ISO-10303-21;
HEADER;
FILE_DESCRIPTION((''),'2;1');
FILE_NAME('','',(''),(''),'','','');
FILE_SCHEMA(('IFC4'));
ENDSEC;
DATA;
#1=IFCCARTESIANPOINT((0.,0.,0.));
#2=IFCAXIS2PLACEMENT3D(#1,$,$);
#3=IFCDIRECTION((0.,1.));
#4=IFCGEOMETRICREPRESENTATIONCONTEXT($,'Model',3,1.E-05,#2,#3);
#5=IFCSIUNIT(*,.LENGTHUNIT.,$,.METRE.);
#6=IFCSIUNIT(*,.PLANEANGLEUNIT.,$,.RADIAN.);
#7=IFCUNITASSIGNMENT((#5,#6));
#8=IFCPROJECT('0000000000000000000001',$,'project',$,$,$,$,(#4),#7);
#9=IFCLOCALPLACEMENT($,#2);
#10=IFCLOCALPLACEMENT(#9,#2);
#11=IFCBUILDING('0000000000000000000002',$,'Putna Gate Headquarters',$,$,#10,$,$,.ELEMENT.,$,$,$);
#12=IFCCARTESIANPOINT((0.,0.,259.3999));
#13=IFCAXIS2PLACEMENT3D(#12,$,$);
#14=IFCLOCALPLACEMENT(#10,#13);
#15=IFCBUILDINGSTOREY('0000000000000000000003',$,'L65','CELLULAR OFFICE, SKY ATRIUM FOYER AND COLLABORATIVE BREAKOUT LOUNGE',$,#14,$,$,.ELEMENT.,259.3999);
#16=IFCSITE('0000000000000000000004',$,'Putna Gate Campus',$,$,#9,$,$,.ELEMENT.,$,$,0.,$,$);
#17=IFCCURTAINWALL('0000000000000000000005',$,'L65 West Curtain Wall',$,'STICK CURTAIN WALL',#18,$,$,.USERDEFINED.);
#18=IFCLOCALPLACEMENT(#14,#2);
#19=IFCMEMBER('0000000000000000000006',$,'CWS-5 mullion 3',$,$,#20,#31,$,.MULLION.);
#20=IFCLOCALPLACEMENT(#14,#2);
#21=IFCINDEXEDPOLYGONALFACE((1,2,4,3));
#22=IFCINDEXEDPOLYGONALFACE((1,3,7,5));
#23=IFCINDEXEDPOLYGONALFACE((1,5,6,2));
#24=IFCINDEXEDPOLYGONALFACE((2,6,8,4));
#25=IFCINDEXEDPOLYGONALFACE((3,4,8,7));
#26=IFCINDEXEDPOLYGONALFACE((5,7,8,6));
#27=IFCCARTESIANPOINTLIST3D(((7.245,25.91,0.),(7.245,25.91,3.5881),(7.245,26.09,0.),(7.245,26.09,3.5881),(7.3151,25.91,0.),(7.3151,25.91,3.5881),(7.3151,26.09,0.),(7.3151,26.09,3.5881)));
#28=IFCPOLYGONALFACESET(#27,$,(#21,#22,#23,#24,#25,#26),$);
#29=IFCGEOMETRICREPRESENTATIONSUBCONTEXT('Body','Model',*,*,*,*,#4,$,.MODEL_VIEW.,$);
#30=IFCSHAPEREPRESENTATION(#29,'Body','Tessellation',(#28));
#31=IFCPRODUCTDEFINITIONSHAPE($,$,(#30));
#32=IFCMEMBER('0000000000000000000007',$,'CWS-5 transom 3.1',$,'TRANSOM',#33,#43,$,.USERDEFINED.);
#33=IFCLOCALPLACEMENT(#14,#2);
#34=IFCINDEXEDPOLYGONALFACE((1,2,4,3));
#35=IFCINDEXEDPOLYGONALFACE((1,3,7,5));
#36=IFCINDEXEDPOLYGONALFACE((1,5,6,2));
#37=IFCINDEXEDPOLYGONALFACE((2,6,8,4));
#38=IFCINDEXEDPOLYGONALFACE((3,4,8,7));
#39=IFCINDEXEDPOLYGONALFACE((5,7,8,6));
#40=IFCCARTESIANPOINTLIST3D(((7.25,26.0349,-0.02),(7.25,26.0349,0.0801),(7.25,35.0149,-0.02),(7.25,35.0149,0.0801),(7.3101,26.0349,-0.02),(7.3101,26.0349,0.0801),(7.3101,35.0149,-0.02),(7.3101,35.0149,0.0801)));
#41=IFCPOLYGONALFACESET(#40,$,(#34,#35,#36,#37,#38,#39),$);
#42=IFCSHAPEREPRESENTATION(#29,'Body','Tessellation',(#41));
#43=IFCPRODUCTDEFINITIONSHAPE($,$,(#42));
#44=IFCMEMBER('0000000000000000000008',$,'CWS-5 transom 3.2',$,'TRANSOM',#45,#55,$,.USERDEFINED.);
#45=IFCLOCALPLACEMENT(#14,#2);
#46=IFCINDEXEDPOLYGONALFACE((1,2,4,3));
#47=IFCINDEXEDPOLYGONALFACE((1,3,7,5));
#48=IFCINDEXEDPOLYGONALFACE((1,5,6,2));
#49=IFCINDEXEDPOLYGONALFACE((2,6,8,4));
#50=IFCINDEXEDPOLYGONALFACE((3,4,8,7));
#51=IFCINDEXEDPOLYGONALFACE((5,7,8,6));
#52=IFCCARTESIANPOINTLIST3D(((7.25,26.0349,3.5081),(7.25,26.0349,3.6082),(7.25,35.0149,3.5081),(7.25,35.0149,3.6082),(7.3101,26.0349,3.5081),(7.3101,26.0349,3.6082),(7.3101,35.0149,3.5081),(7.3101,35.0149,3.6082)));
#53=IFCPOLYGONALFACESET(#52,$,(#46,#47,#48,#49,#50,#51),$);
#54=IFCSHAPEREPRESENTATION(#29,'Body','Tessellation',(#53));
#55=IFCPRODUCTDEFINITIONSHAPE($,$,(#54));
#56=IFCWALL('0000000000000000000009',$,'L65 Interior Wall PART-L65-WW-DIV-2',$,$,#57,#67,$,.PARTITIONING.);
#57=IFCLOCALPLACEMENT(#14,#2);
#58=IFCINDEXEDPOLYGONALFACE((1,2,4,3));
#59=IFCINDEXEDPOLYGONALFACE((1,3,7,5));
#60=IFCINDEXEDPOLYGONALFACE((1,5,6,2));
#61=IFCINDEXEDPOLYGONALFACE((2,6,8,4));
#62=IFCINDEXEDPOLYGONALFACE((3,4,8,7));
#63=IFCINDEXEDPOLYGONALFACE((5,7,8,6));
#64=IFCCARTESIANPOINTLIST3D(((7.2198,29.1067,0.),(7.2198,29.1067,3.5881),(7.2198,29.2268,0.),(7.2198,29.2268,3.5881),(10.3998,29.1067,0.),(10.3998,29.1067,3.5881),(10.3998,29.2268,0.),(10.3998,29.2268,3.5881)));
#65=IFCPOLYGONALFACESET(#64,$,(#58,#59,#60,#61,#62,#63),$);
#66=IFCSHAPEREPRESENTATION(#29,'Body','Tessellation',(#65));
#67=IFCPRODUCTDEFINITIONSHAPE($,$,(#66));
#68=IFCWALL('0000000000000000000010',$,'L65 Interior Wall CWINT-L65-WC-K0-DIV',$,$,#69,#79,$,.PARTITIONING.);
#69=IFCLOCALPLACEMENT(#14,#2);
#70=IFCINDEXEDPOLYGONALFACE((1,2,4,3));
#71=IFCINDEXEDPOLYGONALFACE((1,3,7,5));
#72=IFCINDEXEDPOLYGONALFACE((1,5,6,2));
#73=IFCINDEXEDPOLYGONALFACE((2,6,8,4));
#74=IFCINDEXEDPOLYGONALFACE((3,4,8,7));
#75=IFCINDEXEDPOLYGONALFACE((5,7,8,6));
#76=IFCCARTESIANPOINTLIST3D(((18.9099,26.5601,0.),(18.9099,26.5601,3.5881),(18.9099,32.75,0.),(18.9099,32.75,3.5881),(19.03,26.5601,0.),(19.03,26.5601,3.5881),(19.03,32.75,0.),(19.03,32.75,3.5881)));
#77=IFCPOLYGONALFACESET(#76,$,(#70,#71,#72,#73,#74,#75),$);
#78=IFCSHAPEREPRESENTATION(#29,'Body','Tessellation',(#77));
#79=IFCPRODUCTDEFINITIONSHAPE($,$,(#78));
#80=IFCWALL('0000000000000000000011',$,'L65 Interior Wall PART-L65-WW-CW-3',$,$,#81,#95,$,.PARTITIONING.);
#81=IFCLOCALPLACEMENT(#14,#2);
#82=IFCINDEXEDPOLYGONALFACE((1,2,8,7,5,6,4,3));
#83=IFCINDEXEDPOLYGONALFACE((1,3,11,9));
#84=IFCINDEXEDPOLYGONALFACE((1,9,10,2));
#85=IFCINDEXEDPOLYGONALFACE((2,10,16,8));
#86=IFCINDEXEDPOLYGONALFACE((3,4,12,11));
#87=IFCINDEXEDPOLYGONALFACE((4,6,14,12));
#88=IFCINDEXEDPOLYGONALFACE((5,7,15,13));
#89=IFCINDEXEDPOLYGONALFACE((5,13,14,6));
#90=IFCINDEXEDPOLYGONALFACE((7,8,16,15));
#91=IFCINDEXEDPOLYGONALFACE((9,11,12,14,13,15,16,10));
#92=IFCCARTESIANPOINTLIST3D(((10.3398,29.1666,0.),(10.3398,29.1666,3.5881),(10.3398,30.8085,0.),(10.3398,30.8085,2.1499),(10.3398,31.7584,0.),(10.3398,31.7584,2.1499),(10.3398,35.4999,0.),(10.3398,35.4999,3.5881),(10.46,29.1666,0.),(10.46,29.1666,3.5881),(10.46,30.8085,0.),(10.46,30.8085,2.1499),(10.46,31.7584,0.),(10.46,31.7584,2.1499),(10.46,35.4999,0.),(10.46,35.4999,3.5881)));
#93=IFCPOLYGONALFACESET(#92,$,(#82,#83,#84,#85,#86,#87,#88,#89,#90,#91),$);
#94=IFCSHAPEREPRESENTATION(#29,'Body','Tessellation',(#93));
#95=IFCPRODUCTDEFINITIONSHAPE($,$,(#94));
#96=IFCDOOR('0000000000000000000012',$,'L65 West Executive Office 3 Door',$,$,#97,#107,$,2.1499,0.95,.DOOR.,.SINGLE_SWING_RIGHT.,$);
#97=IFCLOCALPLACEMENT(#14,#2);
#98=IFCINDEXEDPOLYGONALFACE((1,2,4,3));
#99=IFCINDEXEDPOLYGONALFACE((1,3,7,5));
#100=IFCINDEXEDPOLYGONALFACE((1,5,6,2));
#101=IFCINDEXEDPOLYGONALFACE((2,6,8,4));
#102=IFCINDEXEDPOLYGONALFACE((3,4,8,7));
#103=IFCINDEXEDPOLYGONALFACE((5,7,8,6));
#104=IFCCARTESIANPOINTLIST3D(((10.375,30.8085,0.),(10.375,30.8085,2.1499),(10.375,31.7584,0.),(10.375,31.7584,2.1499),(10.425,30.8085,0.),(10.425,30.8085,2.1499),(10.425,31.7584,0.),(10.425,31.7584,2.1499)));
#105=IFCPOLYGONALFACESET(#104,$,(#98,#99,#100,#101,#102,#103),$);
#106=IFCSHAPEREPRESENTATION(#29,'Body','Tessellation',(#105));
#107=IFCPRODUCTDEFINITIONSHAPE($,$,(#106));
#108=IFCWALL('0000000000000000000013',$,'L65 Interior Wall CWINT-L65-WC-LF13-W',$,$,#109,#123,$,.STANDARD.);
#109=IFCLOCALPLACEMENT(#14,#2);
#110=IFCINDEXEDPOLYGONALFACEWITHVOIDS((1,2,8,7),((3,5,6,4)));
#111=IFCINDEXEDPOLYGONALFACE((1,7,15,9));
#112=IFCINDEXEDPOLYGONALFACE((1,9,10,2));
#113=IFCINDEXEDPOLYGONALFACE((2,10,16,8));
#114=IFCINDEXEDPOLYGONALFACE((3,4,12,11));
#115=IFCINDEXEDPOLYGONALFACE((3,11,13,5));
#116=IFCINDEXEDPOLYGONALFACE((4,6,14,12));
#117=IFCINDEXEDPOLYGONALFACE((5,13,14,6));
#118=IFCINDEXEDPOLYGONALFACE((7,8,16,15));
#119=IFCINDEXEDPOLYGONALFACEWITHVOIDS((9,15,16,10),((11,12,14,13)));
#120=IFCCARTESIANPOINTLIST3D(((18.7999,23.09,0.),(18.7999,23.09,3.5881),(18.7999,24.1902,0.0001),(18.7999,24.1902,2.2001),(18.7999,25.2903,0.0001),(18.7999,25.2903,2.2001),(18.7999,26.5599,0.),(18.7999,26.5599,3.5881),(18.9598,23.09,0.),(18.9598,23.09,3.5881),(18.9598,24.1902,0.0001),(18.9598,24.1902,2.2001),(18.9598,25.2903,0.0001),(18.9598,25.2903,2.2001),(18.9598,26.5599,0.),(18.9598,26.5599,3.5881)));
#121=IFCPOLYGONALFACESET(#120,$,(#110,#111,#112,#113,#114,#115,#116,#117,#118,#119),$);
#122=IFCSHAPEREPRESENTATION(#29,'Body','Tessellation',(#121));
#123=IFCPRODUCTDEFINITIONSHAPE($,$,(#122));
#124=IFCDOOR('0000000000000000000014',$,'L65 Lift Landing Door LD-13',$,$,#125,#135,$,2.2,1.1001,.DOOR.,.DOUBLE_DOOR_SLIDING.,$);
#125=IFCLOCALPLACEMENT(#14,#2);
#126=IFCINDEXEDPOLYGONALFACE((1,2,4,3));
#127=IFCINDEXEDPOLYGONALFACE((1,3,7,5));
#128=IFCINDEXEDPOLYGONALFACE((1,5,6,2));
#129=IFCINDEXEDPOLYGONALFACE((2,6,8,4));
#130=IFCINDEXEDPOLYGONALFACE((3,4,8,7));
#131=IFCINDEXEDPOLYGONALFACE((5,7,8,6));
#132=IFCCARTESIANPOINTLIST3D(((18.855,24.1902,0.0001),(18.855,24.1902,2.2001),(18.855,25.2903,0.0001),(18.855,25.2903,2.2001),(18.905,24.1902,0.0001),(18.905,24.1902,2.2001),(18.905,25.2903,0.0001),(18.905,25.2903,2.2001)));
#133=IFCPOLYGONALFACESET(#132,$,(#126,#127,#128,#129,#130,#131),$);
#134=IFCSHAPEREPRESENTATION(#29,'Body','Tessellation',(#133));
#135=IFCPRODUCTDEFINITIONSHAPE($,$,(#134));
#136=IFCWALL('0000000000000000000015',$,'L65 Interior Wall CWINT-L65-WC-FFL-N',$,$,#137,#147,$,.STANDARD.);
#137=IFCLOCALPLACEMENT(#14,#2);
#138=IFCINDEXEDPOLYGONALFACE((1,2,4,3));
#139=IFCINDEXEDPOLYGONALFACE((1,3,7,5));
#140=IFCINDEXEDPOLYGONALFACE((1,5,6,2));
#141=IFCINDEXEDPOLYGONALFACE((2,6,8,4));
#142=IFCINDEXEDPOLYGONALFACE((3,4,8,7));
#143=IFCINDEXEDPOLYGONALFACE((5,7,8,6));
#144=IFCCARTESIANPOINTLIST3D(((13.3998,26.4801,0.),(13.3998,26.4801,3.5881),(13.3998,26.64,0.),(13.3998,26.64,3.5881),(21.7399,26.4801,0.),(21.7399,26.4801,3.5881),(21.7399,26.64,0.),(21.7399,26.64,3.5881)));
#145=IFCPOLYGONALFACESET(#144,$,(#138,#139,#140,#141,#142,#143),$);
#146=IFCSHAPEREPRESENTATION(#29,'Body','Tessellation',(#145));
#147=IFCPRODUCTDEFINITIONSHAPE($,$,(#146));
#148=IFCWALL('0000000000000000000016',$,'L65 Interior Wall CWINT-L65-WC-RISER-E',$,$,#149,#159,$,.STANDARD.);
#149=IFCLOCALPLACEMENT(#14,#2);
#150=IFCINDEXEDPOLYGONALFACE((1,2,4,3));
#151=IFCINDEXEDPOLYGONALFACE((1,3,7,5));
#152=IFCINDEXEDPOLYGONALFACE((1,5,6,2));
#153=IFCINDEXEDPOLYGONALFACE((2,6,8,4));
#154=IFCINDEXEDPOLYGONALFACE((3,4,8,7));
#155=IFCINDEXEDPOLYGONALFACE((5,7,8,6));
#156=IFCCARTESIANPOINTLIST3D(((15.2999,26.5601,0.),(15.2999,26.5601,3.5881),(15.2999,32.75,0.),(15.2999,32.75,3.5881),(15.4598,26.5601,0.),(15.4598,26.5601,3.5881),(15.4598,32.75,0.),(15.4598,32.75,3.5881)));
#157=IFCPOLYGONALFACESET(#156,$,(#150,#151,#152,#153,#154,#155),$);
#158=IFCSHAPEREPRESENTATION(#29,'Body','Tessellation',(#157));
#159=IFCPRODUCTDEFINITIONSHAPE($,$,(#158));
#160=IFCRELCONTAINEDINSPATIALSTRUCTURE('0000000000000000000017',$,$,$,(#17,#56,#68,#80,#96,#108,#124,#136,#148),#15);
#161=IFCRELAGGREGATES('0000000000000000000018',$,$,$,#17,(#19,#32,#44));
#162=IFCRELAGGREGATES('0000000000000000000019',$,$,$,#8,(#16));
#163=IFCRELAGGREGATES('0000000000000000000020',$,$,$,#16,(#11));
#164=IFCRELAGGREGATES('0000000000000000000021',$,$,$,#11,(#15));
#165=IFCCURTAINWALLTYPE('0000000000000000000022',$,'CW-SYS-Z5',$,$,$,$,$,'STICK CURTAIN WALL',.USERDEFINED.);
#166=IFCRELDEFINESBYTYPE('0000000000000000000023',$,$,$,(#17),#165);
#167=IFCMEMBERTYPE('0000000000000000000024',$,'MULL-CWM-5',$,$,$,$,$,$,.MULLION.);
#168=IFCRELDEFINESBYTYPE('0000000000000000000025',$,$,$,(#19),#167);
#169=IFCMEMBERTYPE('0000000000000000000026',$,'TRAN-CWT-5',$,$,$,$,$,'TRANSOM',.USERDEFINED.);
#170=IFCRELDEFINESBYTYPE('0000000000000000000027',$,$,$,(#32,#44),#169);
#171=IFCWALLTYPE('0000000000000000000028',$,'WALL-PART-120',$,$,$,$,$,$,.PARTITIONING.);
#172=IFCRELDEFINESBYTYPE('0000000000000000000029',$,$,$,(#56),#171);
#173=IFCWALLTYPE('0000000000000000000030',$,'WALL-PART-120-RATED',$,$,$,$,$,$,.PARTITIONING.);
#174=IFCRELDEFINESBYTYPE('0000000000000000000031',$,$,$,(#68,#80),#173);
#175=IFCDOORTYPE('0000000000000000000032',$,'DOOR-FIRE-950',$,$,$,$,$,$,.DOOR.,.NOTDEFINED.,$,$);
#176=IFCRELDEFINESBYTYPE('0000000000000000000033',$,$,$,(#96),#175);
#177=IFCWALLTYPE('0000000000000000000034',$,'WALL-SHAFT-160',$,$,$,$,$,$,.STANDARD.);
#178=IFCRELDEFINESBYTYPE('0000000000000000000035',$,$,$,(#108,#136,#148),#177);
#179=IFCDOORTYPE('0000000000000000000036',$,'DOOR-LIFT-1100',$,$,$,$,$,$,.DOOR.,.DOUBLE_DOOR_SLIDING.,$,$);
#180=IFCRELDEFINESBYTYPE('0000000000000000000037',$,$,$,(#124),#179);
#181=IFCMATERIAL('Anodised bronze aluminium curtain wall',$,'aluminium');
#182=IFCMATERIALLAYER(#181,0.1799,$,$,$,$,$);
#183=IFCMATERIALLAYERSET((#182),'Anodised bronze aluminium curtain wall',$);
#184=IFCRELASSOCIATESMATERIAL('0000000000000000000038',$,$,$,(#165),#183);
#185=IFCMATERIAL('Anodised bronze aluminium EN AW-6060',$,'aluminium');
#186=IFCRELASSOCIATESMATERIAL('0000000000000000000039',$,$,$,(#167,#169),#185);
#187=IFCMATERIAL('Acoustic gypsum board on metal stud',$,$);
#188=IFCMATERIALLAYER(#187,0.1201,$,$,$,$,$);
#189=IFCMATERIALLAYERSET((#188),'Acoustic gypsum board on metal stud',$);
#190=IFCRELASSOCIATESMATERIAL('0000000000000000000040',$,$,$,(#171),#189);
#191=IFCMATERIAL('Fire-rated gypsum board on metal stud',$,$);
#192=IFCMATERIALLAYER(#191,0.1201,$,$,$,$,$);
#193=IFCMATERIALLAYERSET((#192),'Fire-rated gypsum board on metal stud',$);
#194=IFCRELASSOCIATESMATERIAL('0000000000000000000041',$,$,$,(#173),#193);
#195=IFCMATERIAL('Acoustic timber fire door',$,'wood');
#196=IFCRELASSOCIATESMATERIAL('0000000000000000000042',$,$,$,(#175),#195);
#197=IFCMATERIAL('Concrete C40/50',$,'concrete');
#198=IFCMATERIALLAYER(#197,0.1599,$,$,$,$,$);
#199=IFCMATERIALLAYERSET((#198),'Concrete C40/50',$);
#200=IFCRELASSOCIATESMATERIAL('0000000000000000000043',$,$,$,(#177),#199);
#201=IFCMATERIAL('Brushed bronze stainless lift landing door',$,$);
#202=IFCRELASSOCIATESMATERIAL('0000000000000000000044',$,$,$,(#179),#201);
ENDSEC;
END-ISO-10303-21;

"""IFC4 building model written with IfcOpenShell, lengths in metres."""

from ifc_helpers import new_model, si_unit, direction, frame, frame_2d, origin, origin_2d, place, context, subcontext, project, spatial, rectangle, extrude, material, layer, layer_set, material_profile, profile_set, type_object, element, fill, aggregate, save


model = new_model("IFC4")

# Units and contexts
model_context = context("Model", 3, precision=1e-05, world=origin(), true_north=direction((0.0, 1.0)))
body_context = subcontext(model_context, "Body", "Model", "MODEL_VIEW")
ifc_project = project(units=[si_unit("LENGTHUNIT", "METRE"), si_unit("PLANEANGLEUNIT", "RADIAN")], contexts=[model_context])

# Site, building, storey
site_placement = place(None, origin())
site = spatial("IfcSite", under=ifc_project, at=site_placement, Name="Putna Gate Campus", CompositionType="ELEMENT", RefElevation=0.0)
building_placement = place(site_placement, origin())
building = spatial("IfcBuilding", under=site, at=building_placement, Name="Putna Gate Headquarters", CompositionType="ELEMENT")
storey_placement = place(building_placement, frame((0.0, 0.0, 259.3999)))
storey = spatial("IfcBuildingStorey", under=building, at=storey_placement, Name="L65", Description="CELLULAR OFFICE, SKY ATRIUM FOYER AND COLLABORATIVE BREAKOUT LOUNGE", CompositionType="ELEMENT", Elevation=259.3999)

# Curtain wall, members
ifc_material_1 = material(Name="Anodised bronze aluminium curtain wall", Category="aluminium")
ifc_layer_1 = layer(ifc_material_1, 0.1799)
ifc_layer_set_1 = layer_set([ifc_layer_1], Name="Anodised bronze aluminium curtain wall")
curtain_wall_type = type_object("IfcCurtainWallType", Name="CW-SYS-Z5", ElementType="STICK CURTAIN WALL", PredefinedType="USERDEFINED", material=ifc_layer_set_1)
curtain_wall_placement = place(storey_placement, origin())
curtain_wall = element("IfcCurtainWall", 1, at=curtain_wall_placement, inside=storey, type_object=curtain_wall_type, Name="L65 West Curtain Wall", ObjectType="STICK CURTAIN WALL", PredefinedType="USERDEFINED")
ifc_material_2 = material(Name="Anodised bronze aluminium EN AW-6060", Category="aluminium")
ifc_material_profile_1 = material_profile(ifc_material_2, rectangle(XDim=0.0701, YDim=0.1799, at=origin_2d()), Name="Anodised bronze aluminium EN AW-6060")
ifc_profile_set_1 = profile_set([ifc_material_profile_1], Name="Anodised bronze aluminium EN AW-6060")
member_type_1 = type_object("IfcMemberType", Name="MULL-CWM-5", PredefinedType="MULLION", material=ifc_profile_set_1)
member_1_placement = place(storey_placement, frame((7.28, 26.0, 0.0), z_axis=(0.0, 0.0, 1.0), x_axis=(-1.0, 0.0, 0.0)))
member_1 = element("IfcMember", 2, at=member_1_placement, type_object=member_type_1, Name="CWS-5 mullion 3", PredefinedType="MULLION", context=body_context, shape_type="SweptSolid", body=[
    extrude(rectangle(XDim=0.0701, YDim=0.1799, at=origin_2d()), origin(), (0.0, 0.0, 1.0), 3.5881),
])
ifc_material_profile_2 = material_profile(ifc_material_2, rectangle(XDim=0.0601, YDim=0.1001, at=origin_2d()), Name="Anodised bronze aluminium EN AW-6060")
ifc_profile_set_2 = profile_set([ifc_material_profile_2], Name="Anodised bronze aluminium EN AW-6060")
member_type_2 = type_object("IfcMemberType", Name="TRAN-CWT-5", ElementType="TRANSOM", PredefinedType="USERDEFINED", material=ifc_profile_set_2)
member_2_placement = place(storey_placement, frame((7.28, 26.0349, 0.03), z_axis=(0.0, 1.0, 0.0), x_axis=(-1.0, 0.0, 0.0)))
member_2 = element("IfcMember", 3, at=member_2_placement, type_object=member_type_2, Name="CWS-5 transom 3.1", ObjectType="TRANSOM", PredefinedType="USERDEFINED", context=body_context, shape_type="SweptSolid", body=[
    extrude(rectangle(XDim=0.0601, YDim=0.1001, at=origin_2d()), origin(), (0.0, 0.0, 1.0), 8.98),
])
member_3_placement = place(storey_placement, frame((7.28, 26.0349, 3.5581), z_axis=(0.0, 1.0, 0.0), x_axis=(-1.0, 0.0, 0.0)))
member_3 = element("IfcMember", 4, at=member_3_placement, type_object=member_type_2, Name="CWS-5 transom 3.2", ObjectType="TRANSOM", PredefinedType="USERDEFINED", context=body_context, shape_type="SweptSolid", body=[
    extrude(rectangle(XDim=0.0601, YDim=0.1001, at=origin_2d()), origin(), (0.0, 0.0, 1.0), 8.98),
])
aggregate(curtain_wall, [member_1, member_2, member_3])

# Walls
ifc_material_3 = material(Name="Acoustic gypsum board on metal stud")
ifc_layer_2 = layer(ifc_material_3, 0.1201)
ifc_layer_set_2 = layer_set([ifc_layer_2], Name="Acoustic gypsum board on metal stud")
wall_type_1 = type_object("IfcWallType", Name="WALL-PART-120", PredefinedType="PARTITIONING", material=ifc_layer_set_2)
wall_1_placement = place(storey_placement, frame((7.22, 29.1667, 0.0), z_axis=(0.0, 0.0, 1.0), x_axis=(1.0, 0.0, 0.0)))
element("IfcWall", 5, at=wall_1_placement, inside=storey, type_object=wall_type_1, Name="L65 Interior Wall PART-L65-WW-DIV-2", PredefinedType="PARTITIONING", context=body_context, shape_type="SweptSolid", body=[
    extrude(rectangle(XDim=3.1799, YDim=0.1201, at=frame_2d((1.5898, 0.0))), origin(), (0.0, 0.0, 1.0), 3.5881),
])
ifc_material_4 = material(Name="Fire-rated gypsum board on metal stud")
ifc_layer_3 = layer(ifc_material_4, 0.1201)
ifc_layer_set_3 = layer_set([ifc_layer_3], Name="Fire-rated gypsum board on metal stud")
wall_type_2 = type_object("IfcWallType", Name="WALL-PART-120-RATED", PredefinedType="PARTITIONING", material=ifc_layer_set_3)
wall_2_placement = place(storey_placement, frame((18.97, 26.5601, 0.0), z_axis=(0.0, 0.0, 1.0), x_axis=(0.0, 1.0, 0.0)))
element("IfcWall", 6, at=wall_2_placement, inside=storey, type_object=wall_type_2, Name="L65 Interior Wall CWINT-L65-WC-K0-DIV", PredefinedType="PARTITIONING", context=body_context, shape_type="SweptSolid", body=[
    extrude(rectangle(XDim=6.1899, YDim=0.1201, at=frame_2d((3.095, 0.0))), origin(), (0.0, 0.0, 1.0), 3.5881),
])

# Walls, openings, doors
wall_3_placement = place(storey_placement, frame((10.3999, 29.1667, 0.0), z_axis=(0.0, 0.0, 1.0), x_axis=(0.0, 1.0, 0.0)))
wall_3 = element("IfcWall", 7, at=wall_3_placement, inside=storey, type_object=wall_type_2, Name="L65 Interior Wall PART-L65-WW-CW-3", PredefinedType="PARTITIONING", context=body_context, shape_type="SweptSolid", body=[
    extrude(rectangle(XDim=6.3333, YDim=0.1201, at=frame_2d((3.1665, 0.0))), origin(), (0.0, 0.0, 1.0), 3.5881),
])
opening_1_placement = place(wall_3_placement, frame((1.6416, 0.0, 0.0)))
opening_1 = element("IfcOpeningElement", 8, at=opening_1_placement, cuts=wall_3, PredefinedType="OPENING", context=body_context, shape_type="SweptSolid", body=[
    extrude(rectangle(XDim=0.95, YDim=2.1499, at=frame_2d((0.4751, 1.075))), frame((0.0, 0.0701, 0.0), z_axis=(0.0, -1.0, 0.0), x_axis=(1.0, 0.0, 0.0)), (0.0, 0.0, 1.0), 0.1401),
])
ifc_material_5 = material(Name="Acoustic timber fire door", Category="wood")
door_type_1 = type_object("IfcDoorType", Name="DOOR-FIRE-950", OperationType="NOTDEFINED", PredefinedType="DOOR", material=ifc_material_5)
door_1_placement = place(opening_1_placement, origin())
door_1 = element("IfcDoor", 9, at=door_1_placement, inside=storey, type_object=door_type_1, Name="L65 West Executive Office 3 Door", OperationType="SINGLE_SWING_RIGHT", OverallHeight=2.1499, OverallWidth=0.95, PredefinedType="DOOR", context=body_context, shape_type="SweptSolid", body=[
    extrude(rectangle(XDim=0.95, YDim=2.1499, at=frame_2d((0.4751, 1.075))), frame((0.0, 0.0249, 0.0), z_axis=(0.0, -1.0, 0.0), x_axis=(1.0, 0.0, 0.0)), (0.0, 0.0, 1.0), 0.05),
])
fill(opening_1, door_1)
ifc_material_6 = material(Name="Concrete C40/50", Category="concrete")
ifc_layer_4 = layer(ifc_material_6, 0.1599)
ifc_layer_set_4 = layer_set([ifc_layer_4], Name="Concrete C40/50")
wall_type_3 = type_object("IfcWallType", Name="WALL-SHAFT-160", PredefinedType="STANDARD", material=ifc_layer_set_4)
wall_4_placement = place(storey_placement, frame((18.8799, 23.0901, 0.0), z_axis=(0.0, 0.0, 1.0), x_axis=(0.0, 1.0, 0.0)))
wall_4 = element("IfcWall", 10, at=wall_4_placement, inside=storey, type_object=wall_type_3, Name="L65 Interior Wall CWINT-L65-WC-LF13-W", PredefinedType="STANDARD", context=body_context, shape_type="SweptSolid", body=[
    extrude(rectangle(XDim=3.47, YDim=0.1599, at=frame_2d((1.7349, 0.0))), origin(), (0.0, 0.0, 1.0), 3.5881),
])
opening_2_placement = place(wall_4_placement, frame((1.1001, 0.0, 0.0)))
opening_2 = element("IfcOpeningElement", 11, at=opening_2_placement, cuts=wall_4, PredefinedType="OPENING", context=body_context, shape_type="SweptSolid", body=[
    extrude(rectangle(XDim=1.1001, YDim=2.2, at=frame_2d((0.55, 1.1001))), frame((0.0, 0.0898, 0.0), z_axis=(0.0, -1.0, 0.0), x_axis=(1.0, 0.0, 0.0)), (0.0, 0.0, 1.0), 0.1799),
])
ifc_material_7 = material(Name="Brushed bronze stainless lift landing door")
door_type_2 = type_object("IfcDoorType", Name="DOOR-LIFT-1100", OperationType="DOUBLE_DOOR_SLIDING", PredefinedType="DOOR", material=ifc_material_7)
door_2_placement = place(opening_2_placement, origin())
door_2 = element("IfcDoor", 12, at=door_2_placement, inside=storey, type_object=door_type_2, Name="L65 Lift Landing Door LD-13", OperationType="DOUBLE_DOOR_SLIDING", OverallHeight=2.2, OverallWidth=1.1001, PredefinedType="DOOR", context=body_context, shape_type="SweptSolid", body=[
    extrude(rectangle(XDim=1.1001, YDim=2.2, at=frame_2d((0.55, 1.1001))), frame((0.0, 0.0249, 0.0), z_axis=(0.0, -1.0, 0.0), x_axis=(1.0, 0.0, 0.0)), (0.0, 0.0, 1.0), 0.05),
])
fill(opening_2, door_2)

# Walls
wall_5_placement = place(storey_placement, frame((13.3999, 26.5601, 0.0), z_axis=(0.0, 0.0, 1.0), x_axis=(1.0, 0.0, 0.0)))
element("IfcWall", 13, at=wall_5_placement, inside=storey, type_object=wall_type_3, Name="L65 Interior Wall CWINT-L65-WC-FFL-N", PredefinedType="STANDARD", context=body_context, shape_type="SweptSolid", body=[
    extrude(rectangle(XDim=8.3401, YDim=0.1599, at=frame_2d((4.1699, 0.0))), origin(), (0.0, 0.0, 1.0), 3.5881),
])
wall_6_placement = place(storey_placement, frame((15.3799, 26.5601, 0.0), z_axis=(0.0, 0.0, 1.0), x_axis=(0.0, 1.0, 0.0)))
element("IfcWall", 14, at=wall_6_placement, inside=storey, type_object=wall_type_3, Name="L65 Interior Wall CWINT-L65-WC-RISER-E", PredefinedType="STANDARD", context=body_context, shape_type="SweptSolid", body=[
    extrude(rectangle(XDim=6.1899, YDim=0.1599, at=frame_2d((3.095, 0.0))), origin(), (0.0, 0.0, 1.0), 3.5881),
])

save(model, "model.ifc")
